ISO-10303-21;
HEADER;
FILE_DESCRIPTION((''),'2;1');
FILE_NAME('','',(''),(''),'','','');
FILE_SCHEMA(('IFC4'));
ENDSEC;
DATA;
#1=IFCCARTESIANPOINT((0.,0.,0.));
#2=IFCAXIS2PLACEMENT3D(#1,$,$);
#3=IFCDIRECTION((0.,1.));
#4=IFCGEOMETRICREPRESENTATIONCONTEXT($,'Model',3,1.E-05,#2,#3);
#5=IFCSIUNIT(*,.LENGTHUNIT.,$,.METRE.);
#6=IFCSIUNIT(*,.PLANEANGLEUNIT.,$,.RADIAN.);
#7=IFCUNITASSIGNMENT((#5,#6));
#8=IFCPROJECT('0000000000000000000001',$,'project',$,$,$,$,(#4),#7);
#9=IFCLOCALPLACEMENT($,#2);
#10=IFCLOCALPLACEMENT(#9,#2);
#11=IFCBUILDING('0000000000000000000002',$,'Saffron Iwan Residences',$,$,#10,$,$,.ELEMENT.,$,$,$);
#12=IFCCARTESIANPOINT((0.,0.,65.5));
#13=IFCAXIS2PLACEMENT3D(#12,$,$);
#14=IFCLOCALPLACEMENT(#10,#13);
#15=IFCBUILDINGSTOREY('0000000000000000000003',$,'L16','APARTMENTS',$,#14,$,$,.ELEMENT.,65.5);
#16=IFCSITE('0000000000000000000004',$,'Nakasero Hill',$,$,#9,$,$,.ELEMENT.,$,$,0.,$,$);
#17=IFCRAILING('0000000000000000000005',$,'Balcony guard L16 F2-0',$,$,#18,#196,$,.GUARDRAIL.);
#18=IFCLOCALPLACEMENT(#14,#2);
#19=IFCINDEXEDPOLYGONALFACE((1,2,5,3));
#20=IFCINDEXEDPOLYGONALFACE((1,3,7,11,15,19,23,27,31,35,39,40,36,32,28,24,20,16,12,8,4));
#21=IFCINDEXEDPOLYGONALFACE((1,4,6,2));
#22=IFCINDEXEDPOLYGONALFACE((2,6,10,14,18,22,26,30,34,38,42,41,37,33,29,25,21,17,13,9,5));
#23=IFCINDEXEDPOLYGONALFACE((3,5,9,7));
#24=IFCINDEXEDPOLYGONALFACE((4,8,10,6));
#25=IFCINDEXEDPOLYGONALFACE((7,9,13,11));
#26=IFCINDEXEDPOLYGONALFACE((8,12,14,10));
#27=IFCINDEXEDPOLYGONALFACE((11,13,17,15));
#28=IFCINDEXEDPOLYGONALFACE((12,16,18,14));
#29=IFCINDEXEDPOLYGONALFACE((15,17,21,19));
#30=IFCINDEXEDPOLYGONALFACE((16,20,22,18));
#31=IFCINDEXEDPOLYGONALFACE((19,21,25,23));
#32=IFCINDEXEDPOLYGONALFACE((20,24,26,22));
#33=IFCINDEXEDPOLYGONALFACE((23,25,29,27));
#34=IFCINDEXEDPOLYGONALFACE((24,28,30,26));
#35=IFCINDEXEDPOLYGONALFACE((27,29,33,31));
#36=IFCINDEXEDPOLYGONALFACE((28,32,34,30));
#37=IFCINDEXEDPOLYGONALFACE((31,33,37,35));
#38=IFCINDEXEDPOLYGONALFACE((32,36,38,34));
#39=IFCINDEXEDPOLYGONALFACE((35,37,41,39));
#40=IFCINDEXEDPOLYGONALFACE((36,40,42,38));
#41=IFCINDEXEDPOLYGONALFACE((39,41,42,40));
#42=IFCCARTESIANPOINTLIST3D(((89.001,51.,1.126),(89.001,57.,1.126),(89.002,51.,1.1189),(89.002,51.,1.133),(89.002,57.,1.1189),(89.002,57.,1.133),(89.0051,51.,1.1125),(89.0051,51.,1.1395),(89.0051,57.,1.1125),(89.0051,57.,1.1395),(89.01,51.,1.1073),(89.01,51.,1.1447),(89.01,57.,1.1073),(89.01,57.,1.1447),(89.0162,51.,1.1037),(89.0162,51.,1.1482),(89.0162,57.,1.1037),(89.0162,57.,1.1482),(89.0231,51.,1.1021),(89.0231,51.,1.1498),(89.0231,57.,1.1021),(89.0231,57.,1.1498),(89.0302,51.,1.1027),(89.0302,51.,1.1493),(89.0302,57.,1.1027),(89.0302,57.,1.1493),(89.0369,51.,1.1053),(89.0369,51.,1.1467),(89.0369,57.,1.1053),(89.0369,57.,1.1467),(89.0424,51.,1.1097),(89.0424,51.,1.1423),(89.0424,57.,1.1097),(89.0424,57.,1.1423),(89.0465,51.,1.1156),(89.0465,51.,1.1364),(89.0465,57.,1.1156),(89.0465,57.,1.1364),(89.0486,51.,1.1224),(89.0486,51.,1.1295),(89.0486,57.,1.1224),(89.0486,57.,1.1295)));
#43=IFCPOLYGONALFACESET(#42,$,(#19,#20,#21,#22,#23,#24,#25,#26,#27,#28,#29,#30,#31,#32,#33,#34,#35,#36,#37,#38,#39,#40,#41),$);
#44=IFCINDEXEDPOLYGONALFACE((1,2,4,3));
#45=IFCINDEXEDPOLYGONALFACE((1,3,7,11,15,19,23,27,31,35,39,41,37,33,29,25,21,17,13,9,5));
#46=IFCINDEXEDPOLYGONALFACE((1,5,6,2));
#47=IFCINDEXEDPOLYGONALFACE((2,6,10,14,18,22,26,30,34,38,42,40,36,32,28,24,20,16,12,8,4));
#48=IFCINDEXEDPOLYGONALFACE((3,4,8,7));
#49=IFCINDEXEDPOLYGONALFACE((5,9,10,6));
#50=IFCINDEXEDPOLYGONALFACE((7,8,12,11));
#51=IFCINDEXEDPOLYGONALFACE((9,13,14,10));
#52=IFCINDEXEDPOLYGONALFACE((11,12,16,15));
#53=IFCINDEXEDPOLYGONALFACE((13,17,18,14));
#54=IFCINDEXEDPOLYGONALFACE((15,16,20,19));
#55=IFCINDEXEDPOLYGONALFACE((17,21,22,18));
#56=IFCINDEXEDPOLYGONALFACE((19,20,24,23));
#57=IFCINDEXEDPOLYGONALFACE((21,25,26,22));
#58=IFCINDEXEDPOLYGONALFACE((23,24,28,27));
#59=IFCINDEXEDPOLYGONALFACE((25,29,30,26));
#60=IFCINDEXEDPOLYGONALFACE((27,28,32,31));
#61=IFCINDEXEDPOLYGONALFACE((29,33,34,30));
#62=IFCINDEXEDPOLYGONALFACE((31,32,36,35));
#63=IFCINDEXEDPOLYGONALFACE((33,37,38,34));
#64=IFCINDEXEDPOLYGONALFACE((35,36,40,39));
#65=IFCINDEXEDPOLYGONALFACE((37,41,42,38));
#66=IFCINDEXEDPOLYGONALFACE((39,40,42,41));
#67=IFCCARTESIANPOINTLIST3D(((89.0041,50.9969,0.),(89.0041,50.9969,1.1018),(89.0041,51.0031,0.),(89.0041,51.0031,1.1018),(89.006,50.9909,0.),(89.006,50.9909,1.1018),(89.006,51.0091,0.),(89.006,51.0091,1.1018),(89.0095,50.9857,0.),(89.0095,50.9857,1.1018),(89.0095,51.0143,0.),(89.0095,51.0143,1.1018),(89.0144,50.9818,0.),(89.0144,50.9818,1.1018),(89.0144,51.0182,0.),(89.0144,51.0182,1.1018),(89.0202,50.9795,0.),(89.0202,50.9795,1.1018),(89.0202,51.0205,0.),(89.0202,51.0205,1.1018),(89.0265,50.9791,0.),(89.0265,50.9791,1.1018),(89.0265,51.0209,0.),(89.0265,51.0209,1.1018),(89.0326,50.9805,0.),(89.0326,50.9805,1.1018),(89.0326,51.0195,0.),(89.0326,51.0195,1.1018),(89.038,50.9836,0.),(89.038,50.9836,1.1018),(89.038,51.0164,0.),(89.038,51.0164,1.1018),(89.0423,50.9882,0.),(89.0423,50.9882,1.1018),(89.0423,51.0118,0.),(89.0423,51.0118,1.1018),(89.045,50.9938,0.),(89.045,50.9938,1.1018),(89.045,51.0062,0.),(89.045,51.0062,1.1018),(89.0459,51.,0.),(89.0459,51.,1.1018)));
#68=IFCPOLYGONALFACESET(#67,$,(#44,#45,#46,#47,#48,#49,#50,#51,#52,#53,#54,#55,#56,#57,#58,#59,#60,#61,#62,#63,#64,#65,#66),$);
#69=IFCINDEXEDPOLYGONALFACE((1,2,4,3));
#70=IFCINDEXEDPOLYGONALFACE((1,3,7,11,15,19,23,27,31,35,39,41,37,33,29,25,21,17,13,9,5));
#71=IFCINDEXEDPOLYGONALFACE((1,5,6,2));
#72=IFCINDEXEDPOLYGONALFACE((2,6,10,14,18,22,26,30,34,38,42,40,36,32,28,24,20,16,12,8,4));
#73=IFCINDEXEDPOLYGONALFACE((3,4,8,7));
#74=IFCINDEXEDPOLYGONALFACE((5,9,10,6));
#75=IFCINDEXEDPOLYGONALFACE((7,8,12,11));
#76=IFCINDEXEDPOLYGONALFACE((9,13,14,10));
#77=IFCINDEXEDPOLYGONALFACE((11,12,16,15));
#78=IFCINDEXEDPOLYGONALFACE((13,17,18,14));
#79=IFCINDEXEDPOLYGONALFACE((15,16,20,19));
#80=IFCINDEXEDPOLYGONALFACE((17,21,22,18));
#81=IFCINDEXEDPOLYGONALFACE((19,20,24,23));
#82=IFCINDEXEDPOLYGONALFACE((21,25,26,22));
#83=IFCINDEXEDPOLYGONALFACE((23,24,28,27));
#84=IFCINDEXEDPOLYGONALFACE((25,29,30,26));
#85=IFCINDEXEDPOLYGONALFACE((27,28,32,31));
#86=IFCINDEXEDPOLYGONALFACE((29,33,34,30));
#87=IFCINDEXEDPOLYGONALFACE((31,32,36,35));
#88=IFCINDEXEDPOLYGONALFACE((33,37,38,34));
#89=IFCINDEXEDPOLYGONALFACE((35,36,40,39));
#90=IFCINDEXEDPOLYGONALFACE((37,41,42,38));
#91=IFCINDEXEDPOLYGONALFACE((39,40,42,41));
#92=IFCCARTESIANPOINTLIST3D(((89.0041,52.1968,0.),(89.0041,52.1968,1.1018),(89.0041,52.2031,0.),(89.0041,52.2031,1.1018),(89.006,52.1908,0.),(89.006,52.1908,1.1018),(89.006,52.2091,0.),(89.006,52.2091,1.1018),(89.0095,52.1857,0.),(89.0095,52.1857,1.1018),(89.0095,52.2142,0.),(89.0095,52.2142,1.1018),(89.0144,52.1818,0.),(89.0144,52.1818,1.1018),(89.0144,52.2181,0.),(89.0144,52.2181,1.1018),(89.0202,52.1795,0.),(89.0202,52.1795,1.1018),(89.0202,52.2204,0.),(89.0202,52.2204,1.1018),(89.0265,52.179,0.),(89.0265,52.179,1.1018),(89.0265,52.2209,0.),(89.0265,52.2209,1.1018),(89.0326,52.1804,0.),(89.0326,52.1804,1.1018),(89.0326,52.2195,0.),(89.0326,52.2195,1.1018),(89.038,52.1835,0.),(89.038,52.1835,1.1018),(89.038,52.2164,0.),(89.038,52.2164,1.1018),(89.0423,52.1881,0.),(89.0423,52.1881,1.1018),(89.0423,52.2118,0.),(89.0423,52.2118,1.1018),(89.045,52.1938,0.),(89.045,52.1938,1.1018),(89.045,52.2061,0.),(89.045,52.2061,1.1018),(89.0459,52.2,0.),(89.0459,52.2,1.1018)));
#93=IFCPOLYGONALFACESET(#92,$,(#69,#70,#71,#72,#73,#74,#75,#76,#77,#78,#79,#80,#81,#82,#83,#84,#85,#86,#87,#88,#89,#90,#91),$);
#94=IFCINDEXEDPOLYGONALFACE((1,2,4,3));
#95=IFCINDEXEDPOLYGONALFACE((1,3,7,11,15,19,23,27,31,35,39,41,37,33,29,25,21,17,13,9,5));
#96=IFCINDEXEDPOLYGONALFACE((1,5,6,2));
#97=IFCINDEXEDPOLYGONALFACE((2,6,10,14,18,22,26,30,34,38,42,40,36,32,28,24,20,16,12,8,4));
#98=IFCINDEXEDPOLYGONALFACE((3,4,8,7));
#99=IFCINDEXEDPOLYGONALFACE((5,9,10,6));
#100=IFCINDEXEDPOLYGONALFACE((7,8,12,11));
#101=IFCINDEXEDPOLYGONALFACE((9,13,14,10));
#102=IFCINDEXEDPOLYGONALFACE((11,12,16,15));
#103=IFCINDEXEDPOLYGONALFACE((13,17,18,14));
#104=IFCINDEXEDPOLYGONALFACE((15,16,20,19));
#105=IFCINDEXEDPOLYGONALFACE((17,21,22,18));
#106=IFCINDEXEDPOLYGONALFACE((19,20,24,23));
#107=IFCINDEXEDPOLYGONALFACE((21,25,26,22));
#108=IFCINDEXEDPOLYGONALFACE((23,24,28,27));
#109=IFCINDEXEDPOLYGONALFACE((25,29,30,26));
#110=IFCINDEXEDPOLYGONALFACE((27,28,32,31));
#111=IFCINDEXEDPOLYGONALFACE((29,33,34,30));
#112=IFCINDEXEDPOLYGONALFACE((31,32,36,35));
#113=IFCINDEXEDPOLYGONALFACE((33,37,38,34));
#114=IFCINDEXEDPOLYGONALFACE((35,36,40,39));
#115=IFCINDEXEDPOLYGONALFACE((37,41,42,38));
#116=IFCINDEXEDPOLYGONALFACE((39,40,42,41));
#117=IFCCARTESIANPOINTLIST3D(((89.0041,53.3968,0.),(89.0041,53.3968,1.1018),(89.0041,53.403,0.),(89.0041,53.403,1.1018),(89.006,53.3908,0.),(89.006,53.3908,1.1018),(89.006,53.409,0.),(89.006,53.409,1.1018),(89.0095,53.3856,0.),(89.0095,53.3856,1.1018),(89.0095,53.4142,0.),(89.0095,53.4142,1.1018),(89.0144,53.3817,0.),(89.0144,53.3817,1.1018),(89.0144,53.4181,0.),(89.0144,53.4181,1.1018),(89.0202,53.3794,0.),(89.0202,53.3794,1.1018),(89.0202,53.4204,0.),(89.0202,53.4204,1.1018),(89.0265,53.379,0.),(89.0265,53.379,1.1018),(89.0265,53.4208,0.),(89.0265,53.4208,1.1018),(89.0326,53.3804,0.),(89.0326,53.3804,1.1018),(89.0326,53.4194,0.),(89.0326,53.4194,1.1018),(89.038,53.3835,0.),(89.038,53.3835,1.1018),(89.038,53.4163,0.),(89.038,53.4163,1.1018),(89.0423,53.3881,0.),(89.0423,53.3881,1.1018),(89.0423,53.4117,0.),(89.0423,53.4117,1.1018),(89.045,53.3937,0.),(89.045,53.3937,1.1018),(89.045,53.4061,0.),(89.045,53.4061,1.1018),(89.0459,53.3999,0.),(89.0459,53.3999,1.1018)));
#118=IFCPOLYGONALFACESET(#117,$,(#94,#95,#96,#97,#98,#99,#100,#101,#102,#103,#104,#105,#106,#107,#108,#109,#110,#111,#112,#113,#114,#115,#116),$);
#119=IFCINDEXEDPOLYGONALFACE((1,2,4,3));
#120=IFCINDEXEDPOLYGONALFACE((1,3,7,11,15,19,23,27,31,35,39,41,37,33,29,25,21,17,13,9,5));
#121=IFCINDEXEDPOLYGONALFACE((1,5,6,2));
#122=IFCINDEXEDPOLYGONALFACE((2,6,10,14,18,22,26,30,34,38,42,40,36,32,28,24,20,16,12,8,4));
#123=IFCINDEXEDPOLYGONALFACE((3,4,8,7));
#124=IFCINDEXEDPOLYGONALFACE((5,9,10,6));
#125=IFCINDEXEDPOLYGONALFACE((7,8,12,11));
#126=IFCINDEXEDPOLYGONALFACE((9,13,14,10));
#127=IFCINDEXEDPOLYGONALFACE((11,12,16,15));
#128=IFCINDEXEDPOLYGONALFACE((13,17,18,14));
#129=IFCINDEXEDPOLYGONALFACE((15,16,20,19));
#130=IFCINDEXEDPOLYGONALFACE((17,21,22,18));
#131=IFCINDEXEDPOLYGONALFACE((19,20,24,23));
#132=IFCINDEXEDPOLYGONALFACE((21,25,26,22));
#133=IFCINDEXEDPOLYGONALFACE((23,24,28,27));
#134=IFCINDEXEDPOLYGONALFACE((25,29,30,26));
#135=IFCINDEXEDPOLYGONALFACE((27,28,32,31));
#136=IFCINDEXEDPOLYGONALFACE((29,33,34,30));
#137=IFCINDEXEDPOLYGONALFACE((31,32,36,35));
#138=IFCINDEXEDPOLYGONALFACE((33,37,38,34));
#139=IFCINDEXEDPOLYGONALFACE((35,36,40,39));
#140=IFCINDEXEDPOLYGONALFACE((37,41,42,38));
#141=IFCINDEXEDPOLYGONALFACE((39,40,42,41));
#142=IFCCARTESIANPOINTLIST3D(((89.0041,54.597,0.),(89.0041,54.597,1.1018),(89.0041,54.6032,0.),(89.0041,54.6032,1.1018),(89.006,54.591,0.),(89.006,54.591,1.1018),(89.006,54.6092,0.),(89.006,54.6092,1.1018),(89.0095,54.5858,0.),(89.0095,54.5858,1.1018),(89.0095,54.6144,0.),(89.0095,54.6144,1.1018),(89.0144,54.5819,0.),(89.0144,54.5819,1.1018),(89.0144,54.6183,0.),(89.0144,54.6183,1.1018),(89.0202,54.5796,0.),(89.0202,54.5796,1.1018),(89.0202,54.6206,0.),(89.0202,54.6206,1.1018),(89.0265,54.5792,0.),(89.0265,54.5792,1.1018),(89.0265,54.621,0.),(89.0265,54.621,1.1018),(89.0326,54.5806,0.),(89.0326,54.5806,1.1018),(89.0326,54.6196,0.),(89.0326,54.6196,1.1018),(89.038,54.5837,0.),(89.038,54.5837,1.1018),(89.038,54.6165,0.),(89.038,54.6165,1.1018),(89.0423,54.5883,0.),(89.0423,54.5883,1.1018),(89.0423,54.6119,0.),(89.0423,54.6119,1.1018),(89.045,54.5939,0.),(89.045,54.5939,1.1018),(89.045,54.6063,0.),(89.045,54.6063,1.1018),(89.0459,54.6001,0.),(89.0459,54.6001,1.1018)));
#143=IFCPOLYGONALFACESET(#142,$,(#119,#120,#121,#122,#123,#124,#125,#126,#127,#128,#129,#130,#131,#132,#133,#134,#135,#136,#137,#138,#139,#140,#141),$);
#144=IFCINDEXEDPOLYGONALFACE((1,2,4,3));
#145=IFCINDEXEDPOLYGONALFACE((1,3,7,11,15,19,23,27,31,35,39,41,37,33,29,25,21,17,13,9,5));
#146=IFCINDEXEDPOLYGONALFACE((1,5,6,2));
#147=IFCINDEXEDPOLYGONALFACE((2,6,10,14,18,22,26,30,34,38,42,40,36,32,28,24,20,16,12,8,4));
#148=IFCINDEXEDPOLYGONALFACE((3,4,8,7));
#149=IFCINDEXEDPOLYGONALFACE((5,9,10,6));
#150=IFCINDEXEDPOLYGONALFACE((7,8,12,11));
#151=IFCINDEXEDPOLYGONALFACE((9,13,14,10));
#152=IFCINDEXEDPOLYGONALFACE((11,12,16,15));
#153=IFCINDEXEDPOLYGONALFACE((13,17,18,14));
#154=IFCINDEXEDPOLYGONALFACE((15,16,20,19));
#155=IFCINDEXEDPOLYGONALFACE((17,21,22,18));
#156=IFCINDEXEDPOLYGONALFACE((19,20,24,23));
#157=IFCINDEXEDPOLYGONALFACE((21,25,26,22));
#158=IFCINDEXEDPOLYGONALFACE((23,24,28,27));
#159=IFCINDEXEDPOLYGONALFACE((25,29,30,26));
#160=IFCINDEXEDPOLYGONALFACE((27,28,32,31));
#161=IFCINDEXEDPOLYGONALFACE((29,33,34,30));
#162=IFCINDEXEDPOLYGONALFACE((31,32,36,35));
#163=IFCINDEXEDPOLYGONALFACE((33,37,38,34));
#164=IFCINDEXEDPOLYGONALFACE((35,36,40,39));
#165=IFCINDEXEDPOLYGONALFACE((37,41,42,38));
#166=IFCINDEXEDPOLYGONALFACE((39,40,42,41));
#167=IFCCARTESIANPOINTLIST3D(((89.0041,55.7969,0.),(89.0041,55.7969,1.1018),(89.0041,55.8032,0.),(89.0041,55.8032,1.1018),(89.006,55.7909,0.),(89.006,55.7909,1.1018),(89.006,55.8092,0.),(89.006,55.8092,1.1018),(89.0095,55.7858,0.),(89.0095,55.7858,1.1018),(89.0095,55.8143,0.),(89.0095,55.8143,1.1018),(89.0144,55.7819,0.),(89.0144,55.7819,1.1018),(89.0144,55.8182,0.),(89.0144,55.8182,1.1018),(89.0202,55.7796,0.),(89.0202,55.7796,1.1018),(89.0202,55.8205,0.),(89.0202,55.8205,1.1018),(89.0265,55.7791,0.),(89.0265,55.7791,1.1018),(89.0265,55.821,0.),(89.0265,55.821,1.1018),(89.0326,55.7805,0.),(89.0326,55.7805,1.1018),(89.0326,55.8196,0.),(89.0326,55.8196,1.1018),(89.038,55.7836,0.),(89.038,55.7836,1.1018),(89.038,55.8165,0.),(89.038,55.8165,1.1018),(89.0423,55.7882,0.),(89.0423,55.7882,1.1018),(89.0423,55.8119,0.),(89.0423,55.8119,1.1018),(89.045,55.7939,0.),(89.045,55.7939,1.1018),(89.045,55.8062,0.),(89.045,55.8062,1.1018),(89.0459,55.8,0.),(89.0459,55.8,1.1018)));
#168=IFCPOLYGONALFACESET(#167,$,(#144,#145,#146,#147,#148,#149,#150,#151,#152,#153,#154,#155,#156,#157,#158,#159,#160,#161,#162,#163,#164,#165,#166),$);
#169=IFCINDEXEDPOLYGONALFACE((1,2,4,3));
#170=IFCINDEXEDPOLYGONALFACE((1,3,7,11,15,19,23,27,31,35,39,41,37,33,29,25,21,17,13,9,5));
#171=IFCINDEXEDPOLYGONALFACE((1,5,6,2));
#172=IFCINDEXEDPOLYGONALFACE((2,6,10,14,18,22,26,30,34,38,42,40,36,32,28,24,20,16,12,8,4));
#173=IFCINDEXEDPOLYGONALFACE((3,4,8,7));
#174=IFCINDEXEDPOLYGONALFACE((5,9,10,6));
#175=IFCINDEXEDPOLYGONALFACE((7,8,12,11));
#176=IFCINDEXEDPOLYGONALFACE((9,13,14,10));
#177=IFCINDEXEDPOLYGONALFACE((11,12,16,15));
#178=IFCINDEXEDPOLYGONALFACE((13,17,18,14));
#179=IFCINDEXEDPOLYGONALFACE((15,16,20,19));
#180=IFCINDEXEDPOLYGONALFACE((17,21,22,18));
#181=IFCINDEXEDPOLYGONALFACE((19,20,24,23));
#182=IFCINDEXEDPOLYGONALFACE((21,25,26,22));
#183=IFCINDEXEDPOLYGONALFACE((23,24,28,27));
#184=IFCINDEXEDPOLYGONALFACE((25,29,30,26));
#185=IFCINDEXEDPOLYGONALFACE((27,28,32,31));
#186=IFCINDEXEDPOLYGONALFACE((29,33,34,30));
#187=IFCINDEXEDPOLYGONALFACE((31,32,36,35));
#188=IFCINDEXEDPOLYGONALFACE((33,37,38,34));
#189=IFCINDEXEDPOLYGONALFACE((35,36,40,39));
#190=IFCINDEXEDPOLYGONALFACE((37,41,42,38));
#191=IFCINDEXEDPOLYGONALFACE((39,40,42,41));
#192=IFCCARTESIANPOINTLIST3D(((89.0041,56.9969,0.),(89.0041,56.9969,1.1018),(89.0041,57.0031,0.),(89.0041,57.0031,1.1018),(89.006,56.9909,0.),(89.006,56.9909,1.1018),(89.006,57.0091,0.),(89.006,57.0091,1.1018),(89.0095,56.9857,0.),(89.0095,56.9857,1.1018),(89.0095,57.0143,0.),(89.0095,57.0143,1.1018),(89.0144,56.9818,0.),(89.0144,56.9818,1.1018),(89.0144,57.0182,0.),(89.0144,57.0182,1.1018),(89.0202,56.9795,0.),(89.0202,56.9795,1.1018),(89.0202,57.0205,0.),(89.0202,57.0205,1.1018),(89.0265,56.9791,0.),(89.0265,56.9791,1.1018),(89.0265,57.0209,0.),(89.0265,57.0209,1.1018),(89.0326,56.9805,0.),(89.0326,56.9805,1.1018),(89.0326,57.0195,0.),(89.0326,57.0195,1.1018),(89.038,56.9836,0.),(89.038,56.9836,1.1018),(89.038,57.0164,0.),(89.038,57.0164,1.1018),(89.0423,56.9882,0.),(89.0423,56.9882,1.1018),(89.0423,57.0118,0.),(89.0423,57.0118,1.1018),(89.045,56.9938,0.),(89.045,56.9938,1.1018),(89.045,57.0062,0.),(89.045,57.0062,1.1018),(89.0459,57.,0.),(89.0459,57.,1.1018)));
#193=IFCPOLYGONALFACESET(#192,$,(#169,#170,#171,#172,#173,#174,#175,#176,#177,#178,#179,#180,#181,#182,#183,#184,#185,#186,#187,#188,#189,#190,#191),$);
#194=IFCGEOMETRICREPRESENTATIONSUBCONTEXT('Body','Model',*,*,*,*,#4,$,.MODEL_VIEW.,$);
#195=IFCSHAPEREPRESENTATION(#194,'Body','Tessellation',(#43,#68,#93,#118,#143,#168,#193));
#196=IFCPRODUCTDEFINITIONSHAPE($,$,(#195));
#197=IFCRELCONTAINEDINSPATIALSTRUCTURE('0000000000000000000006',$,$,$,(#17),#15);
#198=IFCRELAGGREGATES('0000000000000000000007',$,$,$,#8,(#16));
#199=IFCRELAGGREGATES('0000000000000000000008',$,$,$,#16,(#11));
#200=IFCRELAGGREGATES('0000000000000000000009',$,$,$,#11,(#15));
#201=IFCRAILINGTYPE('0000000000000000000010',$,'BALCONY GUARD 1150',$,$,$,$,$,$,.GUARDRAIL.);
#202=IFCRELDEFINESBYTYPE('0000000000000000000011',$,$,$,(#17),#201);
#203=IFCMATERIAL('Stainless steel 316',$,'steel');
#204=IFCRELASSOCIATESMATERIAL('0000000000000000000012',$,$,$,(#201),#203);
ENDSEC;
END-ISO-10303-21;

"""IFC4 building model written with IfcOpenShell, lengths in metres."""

from ifc_helpers import new_model, si_unit, direction, frame, origin, origin_2d, place, context, subcontext, project, spatial, circle, extrude, material, type_object, element, save


model = new_model("IFC4")

# Units and contexts
model_context = context("Model", 3, precision=1e-05, world=origin(), true_north=direction((0.0, 1.0)))
body_context = subcontext(model_context, "Body", "Model", "MODEL_VIEW")
ifc_project = project(units=[si_unit("LENGTHUNIT", "METRE"), si_unit("PLANEANGLEUNIT", "RADIAN")], contexts=[model_context])

# Site, building, storey
site_placement = place(None, origin())
site = spatial("IfcSite", under=ifc_project, at=site_placement, Name="Nakasero Hill", CompositionType="ELEMENT", RefElevation=0.0)
building_placement = place(site_placement, origin())
building = spatial("IfcBuilding", under=site, at=building_placement, Name="Saffron Iwan Residences", CompositionType="ELEMENT")
storey_placement = place(building_placement, frame((0.0, 0.0, 65.5)))
storey = spatial("IfcBuildingStorey", under=building, at=storey_placement, Name="L16", Description="APARTMENTS", CompositionType="ELEMENT", Elevation=65.5)

# Railing
ifc_material_1 = material(Name="Stainless steel 316", Category="steel")
railing_type = type_object("IfcRailingType", Name="BALCONY GUARD 1150", PredefinedType="GUARDRAIL", material=ifc_material_1)
railing_placement = place(storey_placement, frame((89.0249, 51.0, 0.0)))
element("IfcRailing", 1, at=railing_placement, inside=storey, type_object=railing_type, Name="Balcony guard L16 F2-0", PredefinedType="GUARDRAIL", context=body_context, shape_type="SweptSolid", body=[
    extrude(circle(Radius=0.0239, at=origin_2d()), frame((0.0, 0.0, 1.126), z_axis=(0.0, 1.0, 0.0), x_axis=(-1.0, 0.0, 0.0)), (0.0, 0.0, 1.0), 6.0),
    extrude(circle(Radius=0.021, at=origin_2d()), origin(), (0.0, 0.0, 1.0), 1.1018),
    extrude(circle(Radius=0.021, at=origin_2d()), frame((0.0, 1.2, 0.0)), (0.0, 0.0, 1.0), 1.1018),
    extrude(circle(Radius=0.021, at=origin_2d()), frame((0.0, 2.3999, 0.0)), (0.0, 0.0, 1.0), 1.1018),
    extrude(circle(Radius=0.021, at=origin_2d()), frame((0.0, 3.6001, 0.0)), (0.0, 0.0, 1.0), 1.1018),
    extrude(circle(Radius=0.021, at=origin_2d()), frame((0.0, 4.8, 0.0)), (0.0, 0.0, 1.0), 1.1018),
    extrude(circle(Radius=0.021, at=origin_2d()), frame((0.0, 6.0, 0.0)), (0.0, 0.0, 1.0), 1.1018),
])

save(model, "model.ifc")
